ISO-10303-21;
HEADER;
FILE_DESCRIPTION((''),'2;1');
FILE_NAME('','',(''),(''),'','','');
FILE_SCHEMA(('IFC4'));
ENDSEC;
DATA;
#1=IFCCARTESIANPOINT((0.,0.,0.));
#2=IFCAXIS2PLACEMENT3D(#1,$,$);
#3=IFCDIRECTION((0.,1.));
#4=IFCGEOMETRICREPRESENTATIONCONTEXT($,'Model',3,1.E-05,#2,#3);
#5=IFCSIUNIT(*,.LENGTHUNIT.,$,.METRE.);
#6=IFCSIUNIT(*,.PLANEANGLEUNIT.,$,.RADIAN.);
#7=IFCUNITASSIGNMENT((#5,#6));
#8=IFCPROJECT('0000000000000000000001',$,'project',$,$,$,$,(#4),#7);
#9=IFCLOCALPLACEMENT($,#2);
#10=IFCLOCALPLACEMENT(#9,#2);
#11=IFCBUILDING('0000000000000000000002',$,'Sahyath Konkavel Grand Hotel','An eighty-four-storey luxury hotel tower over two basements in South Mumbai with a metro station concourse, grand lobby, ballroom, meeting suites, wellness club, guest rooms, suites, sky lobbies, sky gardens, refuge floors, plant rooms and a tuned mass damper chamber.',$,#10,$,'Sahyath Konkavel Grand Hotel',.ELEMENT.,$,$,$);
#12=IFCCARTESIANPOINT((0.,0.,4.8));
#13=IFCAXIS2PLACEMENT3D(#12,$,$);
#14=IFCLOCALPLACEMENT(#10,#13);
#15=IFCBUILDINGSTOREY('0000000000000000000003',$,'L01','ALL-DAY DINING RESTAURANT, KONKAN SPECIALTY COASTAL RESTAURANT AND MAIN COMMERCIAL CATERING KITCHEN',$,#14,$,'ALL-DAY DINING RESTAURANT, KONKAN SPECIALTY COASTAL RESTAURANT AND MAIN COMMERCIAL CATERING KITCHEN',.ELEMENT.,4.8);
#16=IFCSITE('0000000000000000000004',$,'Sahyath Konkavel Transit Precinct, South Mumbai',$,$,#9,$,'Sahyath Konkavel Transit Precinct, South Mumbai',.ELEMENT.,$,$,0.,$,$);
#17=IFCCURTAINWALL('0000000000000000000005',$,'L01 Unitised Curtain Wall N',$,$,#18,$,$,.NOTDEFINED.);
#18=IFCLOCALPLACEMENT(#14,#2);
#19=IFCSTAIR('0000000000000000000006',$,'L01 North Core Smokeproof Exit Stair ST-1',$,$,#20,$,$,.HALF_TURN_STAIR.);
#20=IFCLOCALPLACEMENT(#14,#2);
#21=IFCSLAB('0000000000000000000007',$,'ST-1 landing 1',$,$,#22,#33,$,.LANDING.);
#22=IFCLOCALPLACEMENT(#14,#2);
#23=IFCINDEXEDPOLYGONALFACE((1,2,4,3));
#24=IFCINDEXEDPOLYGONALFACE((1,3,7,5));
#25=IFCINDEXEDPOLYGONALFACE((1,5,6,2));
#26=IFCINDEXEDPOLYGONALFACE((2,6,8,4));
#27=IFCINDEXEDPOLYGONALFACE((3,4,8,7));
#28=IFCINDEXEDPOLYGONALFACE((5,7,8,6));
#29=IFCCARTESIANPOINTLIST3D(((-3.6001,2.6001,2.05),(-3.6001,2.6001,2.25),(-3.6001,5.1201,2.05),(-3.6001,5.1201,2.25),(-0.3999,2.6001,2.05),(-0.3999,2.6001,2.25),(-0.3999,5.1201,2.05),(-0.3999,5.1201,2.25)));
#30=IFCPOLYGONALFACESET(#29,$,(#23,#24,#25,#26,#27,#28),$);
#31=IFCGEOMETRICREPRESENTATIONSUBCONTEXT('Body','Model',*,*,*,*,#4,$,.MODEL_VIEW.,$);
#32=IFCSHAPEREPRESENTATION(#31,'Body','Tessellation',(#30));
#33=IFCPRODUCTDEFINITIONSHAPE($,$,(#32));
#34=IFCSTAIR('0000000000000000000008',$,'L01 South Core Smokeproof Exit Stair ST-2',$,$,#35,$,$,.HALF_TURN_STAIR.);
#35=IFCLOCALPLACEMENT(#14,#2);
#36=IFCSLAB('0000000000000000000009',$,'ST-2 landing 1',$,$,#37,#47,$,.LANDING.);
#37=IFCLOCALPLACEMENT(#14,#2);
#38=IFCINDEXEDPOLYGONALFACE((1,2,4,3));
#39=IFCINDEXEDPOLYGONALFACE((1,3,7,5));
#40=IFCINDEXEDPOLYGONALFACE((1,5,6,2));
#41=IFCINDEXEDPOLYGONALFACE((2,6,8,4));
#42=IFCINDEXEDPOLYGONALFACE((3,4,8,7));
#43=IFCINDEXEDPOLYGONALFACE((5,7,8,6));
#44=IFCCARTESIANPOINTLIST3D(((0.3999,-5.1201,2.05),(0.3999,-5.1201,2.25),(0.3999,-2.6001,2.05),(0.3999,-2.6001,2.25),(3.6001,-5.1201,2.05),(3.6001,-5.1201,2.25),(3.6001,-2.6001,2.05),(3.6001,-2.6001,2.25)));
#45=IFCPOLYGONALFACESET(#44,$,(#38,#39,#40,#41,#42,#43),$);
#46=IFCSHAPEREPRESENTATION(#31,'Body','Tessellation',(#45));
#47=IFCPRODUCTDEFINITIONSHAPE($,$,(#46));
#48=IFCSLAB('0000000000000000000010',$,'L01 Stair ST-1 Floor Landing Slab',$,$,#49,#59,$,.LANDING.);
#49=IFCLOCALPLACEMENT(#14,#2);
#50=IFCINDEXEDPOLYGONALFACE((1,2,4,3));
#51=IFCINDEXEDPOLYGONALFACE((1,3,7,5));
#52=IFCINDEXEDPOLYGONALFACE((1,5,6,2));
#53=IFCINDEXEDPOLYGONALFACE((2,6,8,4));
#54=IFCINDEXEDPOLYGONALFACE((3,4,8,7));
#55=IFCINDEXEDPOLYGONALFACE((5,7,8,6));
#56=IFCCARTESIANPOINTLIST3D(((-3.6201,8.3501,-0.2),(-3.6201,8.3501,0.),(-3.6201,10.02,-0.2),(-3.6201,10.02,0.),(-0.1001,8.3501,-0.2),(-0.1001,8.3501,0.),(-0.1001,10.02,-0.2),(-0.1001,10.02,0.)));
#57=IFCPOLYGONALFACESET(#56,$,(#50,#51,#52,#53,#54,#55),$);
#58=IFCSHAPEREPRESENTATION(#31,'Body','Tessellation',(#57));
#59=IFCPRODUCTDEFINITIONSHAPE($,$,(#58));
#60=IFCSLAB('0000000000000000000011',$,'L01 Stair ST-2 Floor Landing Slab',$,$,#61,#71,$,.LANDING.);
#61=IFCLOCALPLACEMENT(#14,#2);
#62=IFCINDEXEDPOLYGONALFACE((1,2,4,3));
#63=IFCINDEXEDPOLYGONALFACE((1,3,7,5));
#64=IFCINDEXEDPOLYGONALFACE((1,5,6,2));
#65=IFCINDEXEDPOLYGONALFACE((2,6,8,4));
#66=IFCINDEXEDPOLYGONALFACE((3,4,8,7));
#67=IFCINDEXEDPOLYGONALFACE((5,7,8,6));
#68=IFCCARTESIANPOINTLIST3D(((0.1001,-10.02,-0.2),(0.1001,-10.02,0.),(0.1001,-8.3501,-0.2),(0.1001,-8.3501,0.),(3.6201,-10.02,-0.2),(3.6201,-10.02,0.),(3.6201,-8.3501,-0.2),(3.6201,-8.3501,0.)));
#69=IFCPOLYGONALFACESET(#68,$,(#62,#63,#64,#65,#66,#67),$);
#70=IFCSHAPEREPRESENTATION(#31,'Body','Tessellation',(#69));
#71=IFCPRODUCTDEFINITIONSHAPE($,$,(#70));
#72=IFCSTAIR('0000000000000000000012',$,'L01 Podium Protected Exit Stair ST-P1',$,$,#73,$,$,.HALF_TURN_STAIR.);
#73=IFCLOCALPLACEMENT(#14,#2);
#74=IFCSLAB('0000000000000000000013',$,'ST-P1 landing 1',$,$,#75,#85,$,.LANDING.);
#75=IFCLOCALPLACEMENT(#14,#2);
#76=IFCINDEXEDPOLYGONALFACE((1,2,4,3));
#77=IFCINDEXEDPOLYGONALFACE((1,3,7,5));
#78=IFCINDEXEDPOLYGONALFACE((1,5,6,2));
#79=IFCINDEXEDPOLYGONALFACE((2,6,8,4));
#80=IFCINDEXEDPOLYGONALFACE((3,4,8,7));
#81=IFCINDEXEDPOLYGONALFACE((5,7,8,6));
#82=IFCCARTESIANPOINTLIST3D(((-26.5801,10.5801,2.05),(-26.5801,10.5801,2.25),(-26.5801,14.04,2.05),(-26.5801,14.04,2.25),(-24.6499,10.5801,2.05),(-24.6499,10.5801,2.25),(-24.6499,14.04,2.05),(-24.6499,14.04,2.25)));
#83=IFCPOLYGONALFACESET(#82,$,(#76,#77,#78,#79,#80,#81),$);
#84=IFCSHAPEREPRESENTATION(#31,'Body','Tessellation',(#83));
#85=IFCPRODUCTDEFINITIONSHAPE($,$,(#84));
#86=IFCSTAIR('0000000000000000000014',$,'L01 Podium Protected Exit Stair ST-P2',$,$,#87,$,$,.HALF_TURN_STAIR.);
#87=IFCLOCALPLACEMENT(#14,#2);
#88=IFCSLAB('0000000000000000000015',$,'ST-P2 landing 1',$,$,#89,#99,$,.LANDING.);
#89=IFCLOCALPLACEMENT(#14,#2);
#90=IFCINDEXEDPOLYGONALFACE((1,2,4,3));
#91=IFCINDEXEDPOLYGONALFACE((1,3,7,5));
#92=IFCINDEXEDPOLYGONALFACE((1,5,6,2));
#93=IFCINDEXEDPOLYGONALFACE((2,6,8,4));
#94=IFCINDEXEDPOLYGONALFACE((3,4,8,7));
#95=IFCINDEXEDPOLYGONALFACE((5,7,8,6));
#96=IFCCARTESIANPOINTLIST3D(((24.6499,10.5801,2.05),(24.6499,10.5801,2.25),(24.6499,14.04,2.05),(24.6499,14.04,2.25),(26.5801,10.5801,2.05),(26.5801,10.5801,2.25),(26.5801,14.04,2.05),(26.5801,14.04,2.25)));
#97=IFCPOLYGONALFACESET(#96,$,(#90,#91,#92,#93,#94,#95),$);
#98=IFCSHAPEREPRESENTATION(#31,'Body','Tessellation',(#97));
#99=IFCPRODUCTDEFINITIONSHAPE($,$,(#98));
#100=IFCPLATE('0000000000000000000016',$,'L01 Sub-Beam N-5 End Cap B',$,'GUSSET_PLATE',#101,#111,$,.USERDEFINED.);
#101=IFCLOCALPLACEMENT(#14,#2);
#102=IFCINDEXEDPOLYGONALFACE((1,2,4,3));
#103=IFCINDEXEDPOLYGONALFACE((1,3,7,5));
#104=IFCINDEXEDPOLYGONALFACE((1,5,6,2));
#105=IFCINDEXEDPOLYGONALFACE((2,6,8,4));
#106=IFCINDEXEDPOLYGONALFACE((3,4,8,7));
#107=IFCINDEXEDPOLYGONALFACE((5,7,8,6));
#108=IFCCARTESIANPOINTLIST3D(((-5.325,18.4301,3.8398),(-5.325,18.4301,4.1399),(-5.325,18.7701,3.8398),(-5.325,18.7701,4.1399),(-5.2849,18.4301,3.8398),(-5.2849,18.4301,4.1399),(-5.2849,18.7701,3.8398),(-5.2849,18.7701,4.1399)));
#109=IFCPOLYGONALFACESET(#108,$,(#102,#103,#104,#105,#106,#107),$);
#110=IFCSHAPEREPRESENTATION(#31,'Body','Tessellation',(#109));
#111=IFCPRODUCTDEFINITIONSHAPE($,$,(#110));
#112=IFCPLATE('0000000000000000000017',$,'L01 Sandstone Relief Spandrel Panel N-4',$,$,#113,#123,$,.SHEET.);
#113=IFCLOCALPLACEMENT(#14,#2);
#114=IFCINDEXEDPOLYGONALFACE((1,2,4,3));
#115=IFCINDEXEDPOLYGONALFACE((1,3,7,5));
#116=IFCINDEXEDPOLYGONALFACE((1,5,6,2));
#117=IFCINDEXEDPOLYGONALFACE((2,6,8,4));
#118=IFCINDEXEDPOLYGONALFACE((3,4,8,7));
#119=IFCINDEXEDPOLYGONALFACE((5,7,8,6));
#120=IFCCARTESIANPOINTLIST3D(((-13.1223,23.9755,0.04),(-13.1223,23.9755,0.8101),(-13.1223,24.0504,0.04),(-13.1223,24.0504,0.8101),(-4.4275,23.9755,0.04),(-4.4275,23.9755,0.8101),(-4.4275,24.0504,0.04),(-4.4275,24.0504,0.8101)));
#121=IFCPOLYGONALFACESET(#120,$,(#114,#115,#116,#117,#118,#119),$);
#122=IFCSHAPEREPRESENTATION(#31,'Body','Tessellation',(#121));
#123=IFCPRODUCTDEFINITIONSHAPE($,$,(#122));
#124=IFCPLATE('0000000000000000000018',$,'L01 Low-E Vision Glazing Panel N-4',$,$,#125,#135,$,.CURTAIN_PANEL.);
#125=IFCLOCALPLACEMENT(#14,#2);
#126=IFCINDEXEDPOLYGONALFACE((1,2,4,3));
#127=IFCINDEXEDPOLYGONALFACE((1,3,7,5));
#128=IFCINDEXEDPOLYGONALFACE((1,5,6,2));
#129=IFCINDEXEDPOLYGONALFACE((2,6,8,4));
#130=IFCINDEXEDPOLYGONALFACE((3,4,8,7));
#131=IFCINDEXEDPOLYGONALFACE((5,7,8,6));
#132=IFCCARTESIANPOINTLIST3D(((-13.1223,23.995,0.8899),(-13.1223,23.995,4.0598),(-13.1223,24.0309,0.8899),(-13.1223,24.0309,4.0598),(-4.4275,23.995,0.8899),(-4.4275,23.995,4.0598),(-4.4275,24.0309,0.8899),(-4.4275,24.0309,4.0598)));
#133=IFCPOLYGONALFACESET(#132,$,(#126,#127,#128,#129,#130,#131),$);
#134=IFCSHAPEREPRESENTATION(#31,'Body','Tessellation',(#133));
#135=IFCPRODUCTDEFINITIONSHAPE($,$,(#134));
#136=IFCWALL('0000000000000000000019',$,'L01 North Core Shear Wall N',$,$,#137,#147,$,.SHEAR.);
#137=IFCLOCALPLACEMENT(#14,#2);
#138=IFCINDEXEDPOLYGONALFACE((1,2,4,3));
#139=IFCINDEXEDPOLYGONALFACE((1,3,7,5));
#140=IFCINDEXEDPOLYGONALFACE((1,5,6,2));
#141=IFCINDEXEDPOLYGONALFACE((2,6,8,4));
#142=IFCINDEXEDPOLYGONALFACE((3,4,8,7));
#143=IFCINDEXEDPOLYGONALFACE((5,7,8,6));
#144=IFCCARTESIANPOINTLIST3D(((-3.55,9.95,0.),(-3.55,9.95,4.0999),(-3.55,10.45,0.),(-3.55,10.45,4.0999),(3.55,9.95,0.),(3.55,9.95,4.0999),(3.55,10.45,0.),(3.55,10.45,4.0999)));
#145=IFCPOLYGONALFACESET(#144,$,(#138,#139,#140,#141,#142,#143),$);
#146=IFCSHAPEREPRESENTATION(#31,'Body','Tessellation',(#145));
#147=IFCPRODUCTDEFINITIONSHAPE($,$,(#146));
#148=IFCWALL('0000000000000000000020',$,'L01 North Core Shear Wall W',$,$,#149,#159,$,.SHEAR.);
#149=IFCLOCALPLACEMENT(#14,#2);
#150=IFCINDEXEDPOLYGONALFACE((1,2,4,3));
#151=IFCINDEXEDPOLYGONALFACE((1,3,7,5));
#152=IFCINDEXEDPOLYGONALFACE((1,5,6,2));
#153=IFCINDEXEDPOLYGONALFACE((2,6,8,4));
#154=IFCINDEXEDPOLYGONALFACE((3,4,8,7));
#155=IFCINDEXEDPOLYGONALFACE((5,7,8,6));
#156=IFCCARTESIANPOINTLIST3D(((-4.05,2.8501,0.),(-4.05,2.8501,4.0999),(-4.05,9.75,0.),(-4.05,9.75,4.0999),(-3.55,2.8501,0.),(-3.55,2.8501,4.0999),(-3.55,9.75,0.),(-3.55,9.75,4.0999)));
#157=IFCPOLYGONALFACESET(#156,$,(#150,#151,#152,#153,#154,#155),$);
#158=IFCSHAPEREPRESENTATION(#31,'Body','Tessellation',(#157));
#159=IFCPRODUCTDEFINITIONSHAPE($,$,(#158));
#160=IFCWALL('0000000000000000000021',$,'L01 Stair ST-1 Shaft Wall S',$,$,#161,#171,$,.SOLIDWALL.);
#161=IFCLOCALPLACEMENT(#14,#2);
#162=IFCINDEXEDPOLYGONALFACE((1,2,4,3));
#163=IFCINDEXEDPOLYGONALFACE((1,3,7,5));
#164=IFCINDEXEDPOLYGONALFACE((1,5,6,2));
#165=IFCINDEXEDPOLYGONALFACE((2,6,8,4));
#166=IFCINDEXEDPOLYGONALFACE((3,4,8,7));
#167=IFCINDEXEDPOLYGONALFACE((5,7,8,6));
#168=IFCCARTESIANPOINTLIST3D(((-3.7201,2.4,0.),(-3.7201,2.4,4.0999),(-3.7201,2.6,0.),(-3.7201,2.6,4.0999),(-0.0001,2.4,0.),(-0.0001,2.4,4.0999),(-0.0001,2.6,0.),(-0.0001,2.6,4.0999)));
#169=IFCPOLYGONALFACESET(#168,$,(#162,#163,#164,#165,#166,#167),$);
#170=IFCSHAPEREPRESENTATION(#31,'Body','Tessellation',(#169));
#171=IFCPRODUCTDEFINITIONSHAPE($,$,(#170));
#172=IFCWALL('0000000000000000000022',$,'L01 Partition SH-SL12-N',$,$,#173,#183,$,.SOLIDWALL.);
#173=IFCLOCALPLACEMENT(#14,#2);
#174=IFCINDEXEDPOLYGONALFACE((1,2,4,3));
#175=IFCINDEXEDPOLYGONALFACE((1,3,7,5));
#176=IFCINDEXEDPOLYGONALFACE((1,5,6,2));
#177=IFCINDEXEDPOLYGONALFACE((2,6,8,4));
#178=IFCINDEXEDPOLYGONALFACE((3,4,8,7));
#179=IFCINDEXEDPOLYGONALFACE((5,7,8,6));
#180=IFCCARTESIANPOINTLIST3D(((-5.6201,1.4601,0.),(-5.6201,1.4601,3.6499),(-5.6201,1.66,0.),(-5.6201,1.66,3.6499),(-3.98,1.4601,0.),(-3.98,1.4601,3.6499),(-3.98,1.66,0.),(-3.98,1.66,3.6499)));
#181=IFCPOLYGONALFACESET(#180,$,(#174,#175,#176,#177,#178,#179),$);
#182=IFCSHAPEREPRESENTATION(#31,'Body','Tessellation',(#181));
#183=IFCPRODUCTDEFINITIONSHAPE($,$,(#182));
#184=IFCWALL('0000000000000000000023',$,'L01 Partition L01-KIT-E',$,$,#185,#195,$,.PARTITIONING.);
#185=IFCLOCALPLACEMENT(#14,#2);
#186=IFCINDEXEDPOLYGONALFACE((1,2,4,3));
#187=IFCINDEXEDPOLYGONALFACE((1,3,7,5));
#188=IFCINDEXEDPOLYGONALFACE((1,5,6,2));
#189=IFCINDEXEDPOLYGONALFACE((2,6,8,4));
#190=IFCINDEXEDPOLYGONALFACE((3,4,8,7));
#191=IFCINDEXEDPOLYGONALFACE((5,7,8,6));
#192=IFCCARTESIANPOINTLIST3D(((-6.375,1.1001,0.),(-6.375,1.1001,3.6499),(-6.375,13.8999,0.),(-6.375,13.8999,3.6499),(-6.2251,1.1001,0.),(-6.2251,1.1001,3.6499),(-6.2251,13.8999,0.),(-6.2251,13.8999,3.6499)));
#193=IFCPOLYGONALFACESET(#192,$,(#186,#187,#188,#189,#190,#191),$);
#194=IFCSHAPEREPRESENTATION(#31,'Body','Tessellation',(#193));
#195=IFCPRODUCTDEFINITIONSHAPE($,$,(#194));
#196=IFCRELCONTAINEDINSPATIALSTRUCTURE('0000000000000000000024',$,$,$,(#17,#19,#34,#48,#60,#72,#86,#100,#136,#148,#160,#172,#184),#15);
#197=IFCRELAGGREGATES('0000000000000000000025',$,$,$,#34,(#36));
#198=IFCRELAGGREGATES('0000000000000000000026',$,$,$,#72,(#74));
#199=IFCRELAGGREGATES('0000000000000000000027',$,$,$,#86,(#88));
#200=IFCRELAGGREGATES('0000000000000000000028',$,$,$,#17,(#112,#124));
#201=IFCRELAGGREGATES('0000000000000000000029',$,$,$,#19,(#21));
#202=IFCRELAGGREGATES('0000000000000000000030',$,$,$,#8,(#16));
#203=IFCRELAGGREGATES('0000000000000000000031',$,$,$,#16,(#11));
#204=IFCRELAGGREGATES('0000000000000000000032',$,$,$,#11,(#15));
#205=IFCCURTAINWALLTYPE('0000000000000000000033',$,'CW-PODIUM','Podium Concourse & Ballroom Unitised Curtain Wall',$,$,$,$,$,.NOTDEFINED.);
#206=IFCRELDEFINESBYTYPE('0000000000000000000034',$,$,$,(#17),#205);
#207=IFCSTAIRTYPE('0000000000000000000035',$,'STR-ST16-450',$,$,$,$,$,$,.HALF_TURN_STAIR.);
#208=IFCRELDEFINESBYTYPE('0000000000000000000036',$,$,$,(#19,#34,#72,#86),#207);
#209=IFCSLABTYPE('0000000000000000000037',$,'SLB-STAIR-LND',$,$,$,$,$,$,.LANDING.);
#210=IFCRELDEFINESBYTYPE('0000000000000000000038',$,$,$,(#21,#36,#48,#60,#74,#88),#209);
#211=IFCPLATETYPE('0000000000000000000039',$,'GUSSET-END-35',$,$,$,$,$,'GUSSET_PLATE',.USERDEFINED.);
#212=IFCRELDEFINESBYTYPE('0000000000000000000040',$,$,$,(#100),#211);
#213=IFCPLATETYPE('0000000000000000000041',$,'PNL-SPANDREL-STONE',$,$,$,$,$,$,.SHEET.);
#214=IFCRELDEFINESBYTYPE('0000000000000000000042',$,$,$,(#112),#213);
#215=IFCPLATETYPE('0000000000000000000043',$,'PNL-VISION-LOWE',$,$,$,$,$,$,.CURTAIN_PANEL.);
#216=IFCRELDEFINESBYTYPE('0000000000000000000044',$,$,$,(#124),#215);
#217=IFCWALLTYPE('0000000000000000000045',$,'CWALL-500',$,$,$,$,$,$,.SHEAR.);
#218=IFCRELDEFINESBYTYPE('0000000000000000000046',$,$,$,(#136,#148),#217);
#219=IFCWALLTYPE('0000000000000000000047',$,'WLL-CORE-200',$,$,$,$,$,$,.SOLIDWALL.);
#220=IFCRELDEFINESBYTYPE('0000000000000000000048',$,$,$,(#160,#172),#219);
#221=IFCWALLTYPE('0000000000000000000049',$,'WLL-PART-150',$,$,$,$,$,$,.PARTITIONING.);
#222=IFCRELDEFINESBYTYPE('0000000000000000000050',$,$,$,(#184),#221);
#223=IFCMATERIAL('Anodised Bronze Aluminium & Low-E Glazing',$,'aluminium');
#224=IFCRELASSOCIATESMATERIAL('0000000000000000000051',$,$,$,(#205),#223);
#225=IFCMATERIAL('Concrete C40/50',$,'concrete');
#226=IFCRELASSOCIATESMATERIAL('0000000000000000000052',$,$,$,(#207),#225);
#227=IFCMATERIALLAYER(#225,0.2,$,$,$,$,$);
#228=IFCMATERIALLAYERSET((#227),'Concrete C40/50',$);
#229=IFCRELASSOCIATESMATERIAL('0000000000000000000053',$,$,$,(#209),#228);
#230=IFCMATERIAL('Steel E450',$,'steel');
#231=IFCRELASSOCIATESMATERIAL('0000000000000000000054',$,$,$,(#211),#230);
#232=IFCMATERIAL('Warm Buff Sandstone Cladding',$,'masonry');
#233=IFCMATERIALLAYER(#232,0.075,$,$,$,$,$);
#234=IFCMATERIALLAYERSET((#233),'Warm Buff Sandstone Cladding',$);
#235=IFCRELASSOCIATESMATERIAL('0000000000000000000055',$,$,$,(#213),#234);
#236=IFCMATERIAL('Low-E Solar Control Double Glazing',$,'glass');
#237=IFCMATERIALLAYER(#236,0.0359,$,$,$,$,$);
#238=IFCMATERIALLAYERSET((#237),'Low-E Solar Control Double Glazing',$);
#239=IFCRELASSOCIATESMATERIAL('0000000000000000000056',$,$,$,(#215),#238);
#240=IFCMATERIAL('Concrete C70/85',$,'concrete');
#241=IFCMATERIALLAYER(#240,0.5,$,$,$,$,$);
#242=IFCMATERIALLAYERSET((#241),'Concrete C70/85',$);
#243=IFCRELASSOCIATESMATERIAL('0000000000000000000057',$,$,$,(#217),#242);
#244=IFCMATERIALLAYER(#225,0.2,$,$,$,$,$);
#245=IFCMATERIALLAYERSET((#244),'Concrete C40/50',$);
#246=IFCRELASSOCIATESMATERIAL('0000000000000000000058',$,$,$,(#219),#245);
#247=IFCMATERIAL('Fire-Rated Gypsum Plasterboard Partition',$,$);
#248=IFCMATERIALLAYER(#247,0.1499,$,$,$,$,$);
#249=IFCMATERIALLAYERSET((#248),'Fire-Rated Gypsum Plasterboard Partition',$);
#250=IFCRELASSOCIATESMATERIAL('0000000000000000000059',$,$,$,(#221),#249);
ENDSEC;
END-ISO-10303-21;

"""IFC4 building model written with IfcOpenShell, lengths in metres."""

from ifc_helpers import new_model, si_unit, direction, frame, frame_2d, origin, origin_2d, place, context, subcontext, project, spatial, polyline, rectangle, outline, extrude, source, transform, mapped, material, layer, layer_set, type_object, element, aggregate, save


model = new_model("IFC4")

# Units and contexts
model_context = context("Model", 3, precision=1e-05, world=origin(), true_north=direction((0.0, 1.0)))
body_context = subcontext(model_context, "Body", "Model", "MODEL_VIEW")
ifc_project = project(units=[si_unit("LENGTHUNIT", "METRE"), si_unit("PLANEANGLEUNIT", "RADIAN")], contexts=[model_context])

# Site, building, storey
site_placement = place(None, origin())
site = spatial("IfcSite", under=ifc_project, at=site_placement, Name="Sahyath Konkavel Transit Precinct, South Mumbai", LongName="Sahyath Konkavel Transit Precinct, South Mumbai", CompositionType="ELEMENT", RefElevation=0.0)
building_placement = place(site_placement, origin())
building = spatial("IfcBuilding", under=site, at=building_placement, Name="Sahyath Konkavel Grand Hotel", Description="An eighty-four-storey luxury hotel tower over two basements in South Mumbai with a metro station concourse, grand lobby, ballroom, meeting suites, wellness club, guest rooms, suites, sky lobbies, sky gardens, refuge floors, plant rooms and a tuned mass damper chamber.", LongName="Sahyath Konkavel Grand Hotel", CompositionType="ELEMENT")
storey_placement = place(building_placement, frame((0.0, 0.0, 4.8)))
storey = spatial("IfcBuildingStorey", under=building, at=storey_placement, Name="L01", Description="ALL-DAY DINING RESTAURANT, KONKAN SPECIALTY COASTAL RESTAURANT AND MAIN COMMERCIAL CATERING KITCHEN", LongName="ALL-DAY DINING RESTAURANT, KONKAN SPECIALTY COASTAL RESTAURANT AND MAIN COMMERCIAL CATERING KITCHEN", CompositionType="ELEMENT", Elevation=4.8)

# Shared definitions
ifc_material_1 = material(Name="Concrete C70/85", Category="concrete")

# Curtain wall
ifc_material_2 = material(Name="Anodised Bronze Aluminium & Low-E Glazing", Category="aluminium")
curtain_wall_type = type_object("IfcCurtainWallType", Name="CW-PODIUM", Description="Podium Concourse & Ballroom Unitised Curtain Wall", PredefinedType="NOTDEFINED", material=ifc_material_2)
curtain_wall_placement = place(storey_placement, origin())
curtain_wall = element("IfcCurtainWall", 1, at=curtain_wall_placement, inside=storey, type_object=curtain_wall_type, Name="L01 Unitised Curtain Wall N", PredefinedType="NOTDEFINED")

# Stairs, slabs
ifc_material_3 = material(Name="Concrete C40/50", Category="concrete")
stair_type = type_object("IfcStairType", Name="STR-ST16-450", PredefinedType="HALF_TURN_STAIR", material=ifc_material_3)
stair_1_placement = place(storey_placement, origin())
stair_1 = element("IfcStair", 2, at=stair_1_placement, inside=storey, type_object=stair_type, Name="L01 North Core Smokeproof Exit Stair ST-1", PredefinedType="HALF_TURN_STAIR")
ifc_layer_1 = layer(ifc_material_3, 0.2)
ifc_layer_set_1 = layer_set([ifc_layer_1], Name="Concrete C40/50")
slab_type_1 = type_object("IfcSlabType", Name="SLB-STAIR-LND", PredefinedType="LANDING", material=ifc_layer_set_1)
slab_1_placement = place(storey_placement, frame((0.0, 0.0, 2.05)))
slab_1 = element("IfcSlab", 3, at=slab_1_placement, type_object=slab_type_1, Name="ST-1 landing 1", PredefinedType="LANDING", context=body_context, shape_type="SweptSolid", body=[
    extrude(outline(polyline([(-3.6001, 5.1201), (-3.6001, 2.6001), (-0.3999, 2.6001), (-0.3999, 5.1201), (-3.6001, 5.1201)])), origin(), (0.0, 0.0, 1.0), 0.2),
])
stair_2_placement = place(storey_placement, origin())
stair_2 = element("IfcStair", 4, at=stair_2_placement, inside=storey, type_object=stair_type, Name="L01 South Core Smokeproof Exit Stair ST-2", PredefinedType="HALF_TURN_STAIR")
slab_2_placement = place(storey_placement, frame((0.0, 0.0, 2.05)))
slab_2 = element("IfcSlab", 5, at=slab_2_placement, type_object=slab_type_1, Name="ST-2 landing 1", PredefinedType="LANDING", context=body_context, shape_type="SweptSolid", body=[
    extrude(outline(polyline([(3.6001, -5.1201), (3.6001, -2.6001), (0.3999, -2.6001), (0.3999, -5.1201), (3.6001, -5.1201)])), origin(), (0.0, 0.0, 1.0), 0.2),
])
aggregate(stair_2, [slab_2])

# Slabs
slab_3_placement = place(storey_placement, frame((0.0, 0.0, -0.2)))
element("IfcSlab", 6, at=slab_3_placement, inside=storey, type_object=slab_type_1, Name="L01 Stair ST-1 Floor Landing Slab", PredefinedType="LANDING", context=body_context, shape_type="SweptSolid", body=[
    extrude(outline(polyline([(-3.6201, 8.3501), (-0.1001, 8.3501), (-0.1001, 10.02), (-3.6201, 10.02), (-3.6201, 8.3501)])), origin(), (0.0, 0.0, 1.0), 0.2),
])
slab_4_placement = place(storey_placement, frame((0.0, 0.0, -0.2)))
element("IfcSlab", 7, at=slab_4_placement, inside=storey, type_object=slab_type_1, Name="L01 Stair ST-2 Floor Landing Slab", PredefinedType="LANDING", context=body_context, shape_type="SweptSolid", body=[
    extrude(outline(polyline([(0.1001, -10.02), (3.6201, -10.02), (3.6201, -8.3501), (0.1001, -8.3501), (0.1001, -10.02)])), origin(), (0.0, 0.0, 1.0), 0.2),
])

# Stairs, slabs
stair_3_placement = place(storey_placement, origin())
stair_3 = element("IfcStair", 8, at=stair_3_placement, inside=storey, type_object=stair_type, Name="L01 Podium Protected Exit Stair ST-P1", PredefinedType="HALF_TURN_STAIR")
slab_5_placement = place(storey_placement, frame((0.0, 0.0, 2.05)))
slab_5 = element("IfcSlab", 9, at=slab_5_placement, type_object=slab_type_1, Name="ST-P1 landing 1", PredefinedType="LANDING", context=body_context, shape_type="SweptSolid", body=[
    extrude(outline(polyline([(-24.6499, 14.04), (-26.5801, 14.04), (-26.5801, 10.5801), (-24.6499, 10.5801), (-24.6499, 14.04)])), origin(), (0.0, 0.0, 1.0), 0.2),
])
aggregate(stair_3, [slab_5])
stair_4_placement = place(storey_placement, origin())
stair_4 = element("IfcStair", 10, at=stair_4_placement, inside=storey, type_object=stair_type, Name="L01 Podium Protected Exit Stair ST-P2", PredefinedType="HALF_TURN_STAIR")
slab_6_placement = place(storey_placement, frame((0.0, 0.0, 2.05)))
slab_6 = element("IfcSlab", 11, at=slab_6_placement, type_object=slab_type_1, Name="ST-P2 landing 1", PredefinedType="LANDING", context=body_context, shape_type="SweptSolid", body=[
    extrude(outline(polyline([(24.6499, 10.5801), (26.5801, 10.5801), (26.5801, 14.04), (24.6499, 14.04), (24.6499, 10.5801)])), origin(), (0.0, 0.0, 1.0), 0.2),
])
aggregate(stair_4, [slab_6])

# Plates
ifc_material_4 = material(Name="Steel E450", Category="steel")
plate_type_1 = type_object("IfcPlateType", Name="GUSSET-END-35", ElementType="GUSSET_PLATE", PredefinedType="USERDEFINED", material=ifc_material_4)
shared_shape_1 = source(origin(), body_context, "Body", "SweptSolid", [
    extrude(rectangle(XDim=0.04, YDim=0.3401, at=origin_2d()), origin(), (0.0, 0.0, 1.0), 0.3),
])
plate_1_placement = place(storey_placement, frame((-5.3049, 18.6001, 3.8398), z_axis=(0.0, 0.0, 1.0), x_axis=(-1.0, 0.0, 0.0)))
element("IfcPlate", 12, at=plate_1_placement, inside=storey, type_object=plate_type_1, Name="L01 Sub-Beam N-5 End Cap B", ObjectType="GUSSET_PLATE", PredefinedType="USERDEFINED", context=body_context, shape_type="MappedRepresentation", body=[
    mapped(shared_shape_1, transform((0.0, 0.0, 0.0), scale=1.0)),
])
ifc_material_5 = material(Name="Warm Buff Sandstone Cladding", Category="masonry")
ifc_layer_2 = layer(ifc_material_5, 0.075)
ifc_layer_set_2 = layer_set([ifc_layer_2], Name="Warm Buff Sandstone Cladding")
plate_type_2 = type_object("IfcPlateType", Name="PNL-SPANDREL-STONE", PredefinedType="SHEET", material=ifc_layer_set_2)
shared_shape_2 = source(origin(), body_context, "Body", "SweptSolid", [
    extrude(rectangle(XDim=8.6948, YDim=0.075, at=origin_2d()), origin(), (0.0, 0.0, 1.0), 0.77),
])
plate_2_placement = place(storey_placement, frame((-8.7749, 24.0129, 0.04), z_axis=(0.0, 0.0, 1.0), x_axis=(-1.0, 0.0, 0.0)))
plate_2 = element("IfcPlate", 13, at=plate_2_placement, type_object=plate_type_2, Name="L01 Sandstone Relief Spandrel Panel N-4", PredefinedType="SHEET", context=body_context, shape_type="MappedRepresentation", body=[
    mapped(shared_shape_2, transform((0.0, 0.0, 0.0), scale=1.0)),
])
ifc_material_6 = material(Name="Low-E Solar Control Double Glazing", Category="glass")
ifc_layer_3 = layer(ifc_material_6, 0.0359)
ifc_layer_set_3 = layer_set([ifc_layer_3], Name="Low-E Solar Control Double Glazing")
plate_type_3 = type_object("IfcPlateType", Name="PNL-VISION-LOWE", PredefinedType="CURTAIN_PANEL", material=ifc_layer_set_3)
shared_shape_3 = source(origin(), body_context, "Body", "SweptSolid", [
    extrude(rectangle(XDim=8.6948, YDim=0.0359, at=origin_2d()), origin(), (0.0, 0.0, 1.0), 3.1699),
])
plate_3_placement = place(storey_placement, frame((-8.7749, 24.0129, 0.8899), z_axis=(0.0, 0.0, 1.0), x_axis=(-1.0, 0.0, 0.0)))
plate_3 = element("IfcPlate", 14, at=plate_3_placement, type_object=plate_type_3, Name="L01 Low-E Vision Glazing Panel N-4", PredefinedType="CURTAIN_PANEL", context=body_context, shape_type="MappedRepresentation", body=[
    mapped(shared_shape_3, transform((0.0, 0.0, 0.0), scale=1.0)),
])
aggregate(curtain_wall, [plate_2, plate_3])

# Walls
ifc_layer_4 = layer(ifc_material_1, 0.5)
ifc_layer_set_4 = layer_set([ifc_layer_4], Name="Concrete C70/85")
wall_type_1 = type_object("IfcWallType", Name="CWALL-500", PredefinedType="SHEAR", material=ifc_layer_set_4)
wall_1_placement = place(storey_placement, frame((-3.55, 10.2, 0.0), z_axis=(0.0, 0.0, 1.0), x_axis=(1.0, 0.0, 0.0)))
element("IfcWall", 15, at=wall_1_placement, inside=storey, type_object=wall_type_1, Name="L01 North Core Shear Wall N", PredefinedType="SHEAR", context=body_context, shape_type="SweptSolid", body=[
    extrude(rectangle(XDim=7.1001, YDim=0.5, at=frame_2d((3.55, 0.0))), origin(), (0.0, 0.0, 1.0), 4.0999),
])
wall_2_placement = place(storey_placement, frame((-3.8, 2.8501, 0.0), z_axis=(0.0, 0.0, 1.0), x_axis=(0.0, 1.0, 0.0)))
element("IfcWall", 16, at=wall_2_placement, inside=storey, type_object=wall_type_1, Name="L01 North Core Shear Wall W", PredefinedType="SHEAR", context=body_context, shape_type="SweptSolid", body=[
    extrude(rectangle(XDim=6.8999, YDim=0.5, at=frame_2d((3.45, 0.0))), origin(), (0.0, 0.0, 1.0), 4.0999),
])
ifc_layer_5 = layer(ifc_material_3, 0.2)
ifc_layer_set_5 = layer_set([ifc_layer_5], Name="Concrete C40/50")
wall_type_2 = type_object("IfcWallType", Name="WLL-CORE-200", PredefinedType="SOLIDWALL", material=ifc_layer_set_5)
wall_3_placement = place(storey_placement, frame((-3.72, 2.5, 0.0), z_axis=(0.0, 0.0, 1.0), x_axis=(1.0, 0.0, 0.0)))
element("IfcWall", 17, at=wall_3_placement, inside=storey, type_object=wall_type_2, Name="L01 Stair ST-1 Shaft Wall S", PredefinedType="SOLIDWALL", context=body_context, shape_type="SweptSolid", body=[
    extrude(rectangle(XDim=3.72, YDim=0.2, at=frame_2d((1.8599, 0.0))), origin(), (0.0, 0.0, 1.0), 4.0999),
])
wall_4_placement = place(storey_placement, frame((-5.6201, 1.5601, 0.0), z_axis=(0.0, 0.0, 1.0), x_axis=(1.0, 0.0, 0.0)))
element("IfcWall", 18, at=wall_4_placement, inside=storey, type_object=wall_type_2, Name="L01 Partition SH-SL12-N", PredefinedType="SOLIDWALL", context=body_context, shape_type="SweptSolid", body=[
    extrude(rectangle(XDim=1.6401, YDim=0.2, at=frame_2d((0.8201, 0.0))), origin(), (0.0, 0.0, 1.0), 3.6499),
])
ifc_material_7 = material(Name="Fire-Rated Gypsum Plasterboard Partition")
ifc_layer_6 = layer(ifc_material_7, 0.1499)
ifc_layer_set_6 = layer_set([ifc_layer_6], Name="Fire-Rated Gypsum Plasterboard Partition")
wall_type_3 = type_object("IfcWallType", Name="WLL-PART-150", PredefinedType="PARTITIONING", material=ifc_layer_set_6)
wall_5_placement = place(storey_placement, frame((-6.3, 1.1001, 0.0), z_axis=(0.0, 0.0, 1.0), x_axis=(0.0, 1.0, 0.0)))
element("IfcWall", 19, at=wall_5_placement, inside=storey, type_object=wall_type_3, Name="L01 Partition L01-KIT-E", PredefinedType="PARTITIONING", context=body_context, shape_type="SweptSolid", body=[
    extrude(rectangle(XDim=12.7998, YDim=0.1499, at=frame_2d((6.3999, 0.0))), origin(), (0.0, 0.0, 1.0), 3.6499),
])

aggregate(stair_1, [slab_1])

save(model, "model.ifc")
